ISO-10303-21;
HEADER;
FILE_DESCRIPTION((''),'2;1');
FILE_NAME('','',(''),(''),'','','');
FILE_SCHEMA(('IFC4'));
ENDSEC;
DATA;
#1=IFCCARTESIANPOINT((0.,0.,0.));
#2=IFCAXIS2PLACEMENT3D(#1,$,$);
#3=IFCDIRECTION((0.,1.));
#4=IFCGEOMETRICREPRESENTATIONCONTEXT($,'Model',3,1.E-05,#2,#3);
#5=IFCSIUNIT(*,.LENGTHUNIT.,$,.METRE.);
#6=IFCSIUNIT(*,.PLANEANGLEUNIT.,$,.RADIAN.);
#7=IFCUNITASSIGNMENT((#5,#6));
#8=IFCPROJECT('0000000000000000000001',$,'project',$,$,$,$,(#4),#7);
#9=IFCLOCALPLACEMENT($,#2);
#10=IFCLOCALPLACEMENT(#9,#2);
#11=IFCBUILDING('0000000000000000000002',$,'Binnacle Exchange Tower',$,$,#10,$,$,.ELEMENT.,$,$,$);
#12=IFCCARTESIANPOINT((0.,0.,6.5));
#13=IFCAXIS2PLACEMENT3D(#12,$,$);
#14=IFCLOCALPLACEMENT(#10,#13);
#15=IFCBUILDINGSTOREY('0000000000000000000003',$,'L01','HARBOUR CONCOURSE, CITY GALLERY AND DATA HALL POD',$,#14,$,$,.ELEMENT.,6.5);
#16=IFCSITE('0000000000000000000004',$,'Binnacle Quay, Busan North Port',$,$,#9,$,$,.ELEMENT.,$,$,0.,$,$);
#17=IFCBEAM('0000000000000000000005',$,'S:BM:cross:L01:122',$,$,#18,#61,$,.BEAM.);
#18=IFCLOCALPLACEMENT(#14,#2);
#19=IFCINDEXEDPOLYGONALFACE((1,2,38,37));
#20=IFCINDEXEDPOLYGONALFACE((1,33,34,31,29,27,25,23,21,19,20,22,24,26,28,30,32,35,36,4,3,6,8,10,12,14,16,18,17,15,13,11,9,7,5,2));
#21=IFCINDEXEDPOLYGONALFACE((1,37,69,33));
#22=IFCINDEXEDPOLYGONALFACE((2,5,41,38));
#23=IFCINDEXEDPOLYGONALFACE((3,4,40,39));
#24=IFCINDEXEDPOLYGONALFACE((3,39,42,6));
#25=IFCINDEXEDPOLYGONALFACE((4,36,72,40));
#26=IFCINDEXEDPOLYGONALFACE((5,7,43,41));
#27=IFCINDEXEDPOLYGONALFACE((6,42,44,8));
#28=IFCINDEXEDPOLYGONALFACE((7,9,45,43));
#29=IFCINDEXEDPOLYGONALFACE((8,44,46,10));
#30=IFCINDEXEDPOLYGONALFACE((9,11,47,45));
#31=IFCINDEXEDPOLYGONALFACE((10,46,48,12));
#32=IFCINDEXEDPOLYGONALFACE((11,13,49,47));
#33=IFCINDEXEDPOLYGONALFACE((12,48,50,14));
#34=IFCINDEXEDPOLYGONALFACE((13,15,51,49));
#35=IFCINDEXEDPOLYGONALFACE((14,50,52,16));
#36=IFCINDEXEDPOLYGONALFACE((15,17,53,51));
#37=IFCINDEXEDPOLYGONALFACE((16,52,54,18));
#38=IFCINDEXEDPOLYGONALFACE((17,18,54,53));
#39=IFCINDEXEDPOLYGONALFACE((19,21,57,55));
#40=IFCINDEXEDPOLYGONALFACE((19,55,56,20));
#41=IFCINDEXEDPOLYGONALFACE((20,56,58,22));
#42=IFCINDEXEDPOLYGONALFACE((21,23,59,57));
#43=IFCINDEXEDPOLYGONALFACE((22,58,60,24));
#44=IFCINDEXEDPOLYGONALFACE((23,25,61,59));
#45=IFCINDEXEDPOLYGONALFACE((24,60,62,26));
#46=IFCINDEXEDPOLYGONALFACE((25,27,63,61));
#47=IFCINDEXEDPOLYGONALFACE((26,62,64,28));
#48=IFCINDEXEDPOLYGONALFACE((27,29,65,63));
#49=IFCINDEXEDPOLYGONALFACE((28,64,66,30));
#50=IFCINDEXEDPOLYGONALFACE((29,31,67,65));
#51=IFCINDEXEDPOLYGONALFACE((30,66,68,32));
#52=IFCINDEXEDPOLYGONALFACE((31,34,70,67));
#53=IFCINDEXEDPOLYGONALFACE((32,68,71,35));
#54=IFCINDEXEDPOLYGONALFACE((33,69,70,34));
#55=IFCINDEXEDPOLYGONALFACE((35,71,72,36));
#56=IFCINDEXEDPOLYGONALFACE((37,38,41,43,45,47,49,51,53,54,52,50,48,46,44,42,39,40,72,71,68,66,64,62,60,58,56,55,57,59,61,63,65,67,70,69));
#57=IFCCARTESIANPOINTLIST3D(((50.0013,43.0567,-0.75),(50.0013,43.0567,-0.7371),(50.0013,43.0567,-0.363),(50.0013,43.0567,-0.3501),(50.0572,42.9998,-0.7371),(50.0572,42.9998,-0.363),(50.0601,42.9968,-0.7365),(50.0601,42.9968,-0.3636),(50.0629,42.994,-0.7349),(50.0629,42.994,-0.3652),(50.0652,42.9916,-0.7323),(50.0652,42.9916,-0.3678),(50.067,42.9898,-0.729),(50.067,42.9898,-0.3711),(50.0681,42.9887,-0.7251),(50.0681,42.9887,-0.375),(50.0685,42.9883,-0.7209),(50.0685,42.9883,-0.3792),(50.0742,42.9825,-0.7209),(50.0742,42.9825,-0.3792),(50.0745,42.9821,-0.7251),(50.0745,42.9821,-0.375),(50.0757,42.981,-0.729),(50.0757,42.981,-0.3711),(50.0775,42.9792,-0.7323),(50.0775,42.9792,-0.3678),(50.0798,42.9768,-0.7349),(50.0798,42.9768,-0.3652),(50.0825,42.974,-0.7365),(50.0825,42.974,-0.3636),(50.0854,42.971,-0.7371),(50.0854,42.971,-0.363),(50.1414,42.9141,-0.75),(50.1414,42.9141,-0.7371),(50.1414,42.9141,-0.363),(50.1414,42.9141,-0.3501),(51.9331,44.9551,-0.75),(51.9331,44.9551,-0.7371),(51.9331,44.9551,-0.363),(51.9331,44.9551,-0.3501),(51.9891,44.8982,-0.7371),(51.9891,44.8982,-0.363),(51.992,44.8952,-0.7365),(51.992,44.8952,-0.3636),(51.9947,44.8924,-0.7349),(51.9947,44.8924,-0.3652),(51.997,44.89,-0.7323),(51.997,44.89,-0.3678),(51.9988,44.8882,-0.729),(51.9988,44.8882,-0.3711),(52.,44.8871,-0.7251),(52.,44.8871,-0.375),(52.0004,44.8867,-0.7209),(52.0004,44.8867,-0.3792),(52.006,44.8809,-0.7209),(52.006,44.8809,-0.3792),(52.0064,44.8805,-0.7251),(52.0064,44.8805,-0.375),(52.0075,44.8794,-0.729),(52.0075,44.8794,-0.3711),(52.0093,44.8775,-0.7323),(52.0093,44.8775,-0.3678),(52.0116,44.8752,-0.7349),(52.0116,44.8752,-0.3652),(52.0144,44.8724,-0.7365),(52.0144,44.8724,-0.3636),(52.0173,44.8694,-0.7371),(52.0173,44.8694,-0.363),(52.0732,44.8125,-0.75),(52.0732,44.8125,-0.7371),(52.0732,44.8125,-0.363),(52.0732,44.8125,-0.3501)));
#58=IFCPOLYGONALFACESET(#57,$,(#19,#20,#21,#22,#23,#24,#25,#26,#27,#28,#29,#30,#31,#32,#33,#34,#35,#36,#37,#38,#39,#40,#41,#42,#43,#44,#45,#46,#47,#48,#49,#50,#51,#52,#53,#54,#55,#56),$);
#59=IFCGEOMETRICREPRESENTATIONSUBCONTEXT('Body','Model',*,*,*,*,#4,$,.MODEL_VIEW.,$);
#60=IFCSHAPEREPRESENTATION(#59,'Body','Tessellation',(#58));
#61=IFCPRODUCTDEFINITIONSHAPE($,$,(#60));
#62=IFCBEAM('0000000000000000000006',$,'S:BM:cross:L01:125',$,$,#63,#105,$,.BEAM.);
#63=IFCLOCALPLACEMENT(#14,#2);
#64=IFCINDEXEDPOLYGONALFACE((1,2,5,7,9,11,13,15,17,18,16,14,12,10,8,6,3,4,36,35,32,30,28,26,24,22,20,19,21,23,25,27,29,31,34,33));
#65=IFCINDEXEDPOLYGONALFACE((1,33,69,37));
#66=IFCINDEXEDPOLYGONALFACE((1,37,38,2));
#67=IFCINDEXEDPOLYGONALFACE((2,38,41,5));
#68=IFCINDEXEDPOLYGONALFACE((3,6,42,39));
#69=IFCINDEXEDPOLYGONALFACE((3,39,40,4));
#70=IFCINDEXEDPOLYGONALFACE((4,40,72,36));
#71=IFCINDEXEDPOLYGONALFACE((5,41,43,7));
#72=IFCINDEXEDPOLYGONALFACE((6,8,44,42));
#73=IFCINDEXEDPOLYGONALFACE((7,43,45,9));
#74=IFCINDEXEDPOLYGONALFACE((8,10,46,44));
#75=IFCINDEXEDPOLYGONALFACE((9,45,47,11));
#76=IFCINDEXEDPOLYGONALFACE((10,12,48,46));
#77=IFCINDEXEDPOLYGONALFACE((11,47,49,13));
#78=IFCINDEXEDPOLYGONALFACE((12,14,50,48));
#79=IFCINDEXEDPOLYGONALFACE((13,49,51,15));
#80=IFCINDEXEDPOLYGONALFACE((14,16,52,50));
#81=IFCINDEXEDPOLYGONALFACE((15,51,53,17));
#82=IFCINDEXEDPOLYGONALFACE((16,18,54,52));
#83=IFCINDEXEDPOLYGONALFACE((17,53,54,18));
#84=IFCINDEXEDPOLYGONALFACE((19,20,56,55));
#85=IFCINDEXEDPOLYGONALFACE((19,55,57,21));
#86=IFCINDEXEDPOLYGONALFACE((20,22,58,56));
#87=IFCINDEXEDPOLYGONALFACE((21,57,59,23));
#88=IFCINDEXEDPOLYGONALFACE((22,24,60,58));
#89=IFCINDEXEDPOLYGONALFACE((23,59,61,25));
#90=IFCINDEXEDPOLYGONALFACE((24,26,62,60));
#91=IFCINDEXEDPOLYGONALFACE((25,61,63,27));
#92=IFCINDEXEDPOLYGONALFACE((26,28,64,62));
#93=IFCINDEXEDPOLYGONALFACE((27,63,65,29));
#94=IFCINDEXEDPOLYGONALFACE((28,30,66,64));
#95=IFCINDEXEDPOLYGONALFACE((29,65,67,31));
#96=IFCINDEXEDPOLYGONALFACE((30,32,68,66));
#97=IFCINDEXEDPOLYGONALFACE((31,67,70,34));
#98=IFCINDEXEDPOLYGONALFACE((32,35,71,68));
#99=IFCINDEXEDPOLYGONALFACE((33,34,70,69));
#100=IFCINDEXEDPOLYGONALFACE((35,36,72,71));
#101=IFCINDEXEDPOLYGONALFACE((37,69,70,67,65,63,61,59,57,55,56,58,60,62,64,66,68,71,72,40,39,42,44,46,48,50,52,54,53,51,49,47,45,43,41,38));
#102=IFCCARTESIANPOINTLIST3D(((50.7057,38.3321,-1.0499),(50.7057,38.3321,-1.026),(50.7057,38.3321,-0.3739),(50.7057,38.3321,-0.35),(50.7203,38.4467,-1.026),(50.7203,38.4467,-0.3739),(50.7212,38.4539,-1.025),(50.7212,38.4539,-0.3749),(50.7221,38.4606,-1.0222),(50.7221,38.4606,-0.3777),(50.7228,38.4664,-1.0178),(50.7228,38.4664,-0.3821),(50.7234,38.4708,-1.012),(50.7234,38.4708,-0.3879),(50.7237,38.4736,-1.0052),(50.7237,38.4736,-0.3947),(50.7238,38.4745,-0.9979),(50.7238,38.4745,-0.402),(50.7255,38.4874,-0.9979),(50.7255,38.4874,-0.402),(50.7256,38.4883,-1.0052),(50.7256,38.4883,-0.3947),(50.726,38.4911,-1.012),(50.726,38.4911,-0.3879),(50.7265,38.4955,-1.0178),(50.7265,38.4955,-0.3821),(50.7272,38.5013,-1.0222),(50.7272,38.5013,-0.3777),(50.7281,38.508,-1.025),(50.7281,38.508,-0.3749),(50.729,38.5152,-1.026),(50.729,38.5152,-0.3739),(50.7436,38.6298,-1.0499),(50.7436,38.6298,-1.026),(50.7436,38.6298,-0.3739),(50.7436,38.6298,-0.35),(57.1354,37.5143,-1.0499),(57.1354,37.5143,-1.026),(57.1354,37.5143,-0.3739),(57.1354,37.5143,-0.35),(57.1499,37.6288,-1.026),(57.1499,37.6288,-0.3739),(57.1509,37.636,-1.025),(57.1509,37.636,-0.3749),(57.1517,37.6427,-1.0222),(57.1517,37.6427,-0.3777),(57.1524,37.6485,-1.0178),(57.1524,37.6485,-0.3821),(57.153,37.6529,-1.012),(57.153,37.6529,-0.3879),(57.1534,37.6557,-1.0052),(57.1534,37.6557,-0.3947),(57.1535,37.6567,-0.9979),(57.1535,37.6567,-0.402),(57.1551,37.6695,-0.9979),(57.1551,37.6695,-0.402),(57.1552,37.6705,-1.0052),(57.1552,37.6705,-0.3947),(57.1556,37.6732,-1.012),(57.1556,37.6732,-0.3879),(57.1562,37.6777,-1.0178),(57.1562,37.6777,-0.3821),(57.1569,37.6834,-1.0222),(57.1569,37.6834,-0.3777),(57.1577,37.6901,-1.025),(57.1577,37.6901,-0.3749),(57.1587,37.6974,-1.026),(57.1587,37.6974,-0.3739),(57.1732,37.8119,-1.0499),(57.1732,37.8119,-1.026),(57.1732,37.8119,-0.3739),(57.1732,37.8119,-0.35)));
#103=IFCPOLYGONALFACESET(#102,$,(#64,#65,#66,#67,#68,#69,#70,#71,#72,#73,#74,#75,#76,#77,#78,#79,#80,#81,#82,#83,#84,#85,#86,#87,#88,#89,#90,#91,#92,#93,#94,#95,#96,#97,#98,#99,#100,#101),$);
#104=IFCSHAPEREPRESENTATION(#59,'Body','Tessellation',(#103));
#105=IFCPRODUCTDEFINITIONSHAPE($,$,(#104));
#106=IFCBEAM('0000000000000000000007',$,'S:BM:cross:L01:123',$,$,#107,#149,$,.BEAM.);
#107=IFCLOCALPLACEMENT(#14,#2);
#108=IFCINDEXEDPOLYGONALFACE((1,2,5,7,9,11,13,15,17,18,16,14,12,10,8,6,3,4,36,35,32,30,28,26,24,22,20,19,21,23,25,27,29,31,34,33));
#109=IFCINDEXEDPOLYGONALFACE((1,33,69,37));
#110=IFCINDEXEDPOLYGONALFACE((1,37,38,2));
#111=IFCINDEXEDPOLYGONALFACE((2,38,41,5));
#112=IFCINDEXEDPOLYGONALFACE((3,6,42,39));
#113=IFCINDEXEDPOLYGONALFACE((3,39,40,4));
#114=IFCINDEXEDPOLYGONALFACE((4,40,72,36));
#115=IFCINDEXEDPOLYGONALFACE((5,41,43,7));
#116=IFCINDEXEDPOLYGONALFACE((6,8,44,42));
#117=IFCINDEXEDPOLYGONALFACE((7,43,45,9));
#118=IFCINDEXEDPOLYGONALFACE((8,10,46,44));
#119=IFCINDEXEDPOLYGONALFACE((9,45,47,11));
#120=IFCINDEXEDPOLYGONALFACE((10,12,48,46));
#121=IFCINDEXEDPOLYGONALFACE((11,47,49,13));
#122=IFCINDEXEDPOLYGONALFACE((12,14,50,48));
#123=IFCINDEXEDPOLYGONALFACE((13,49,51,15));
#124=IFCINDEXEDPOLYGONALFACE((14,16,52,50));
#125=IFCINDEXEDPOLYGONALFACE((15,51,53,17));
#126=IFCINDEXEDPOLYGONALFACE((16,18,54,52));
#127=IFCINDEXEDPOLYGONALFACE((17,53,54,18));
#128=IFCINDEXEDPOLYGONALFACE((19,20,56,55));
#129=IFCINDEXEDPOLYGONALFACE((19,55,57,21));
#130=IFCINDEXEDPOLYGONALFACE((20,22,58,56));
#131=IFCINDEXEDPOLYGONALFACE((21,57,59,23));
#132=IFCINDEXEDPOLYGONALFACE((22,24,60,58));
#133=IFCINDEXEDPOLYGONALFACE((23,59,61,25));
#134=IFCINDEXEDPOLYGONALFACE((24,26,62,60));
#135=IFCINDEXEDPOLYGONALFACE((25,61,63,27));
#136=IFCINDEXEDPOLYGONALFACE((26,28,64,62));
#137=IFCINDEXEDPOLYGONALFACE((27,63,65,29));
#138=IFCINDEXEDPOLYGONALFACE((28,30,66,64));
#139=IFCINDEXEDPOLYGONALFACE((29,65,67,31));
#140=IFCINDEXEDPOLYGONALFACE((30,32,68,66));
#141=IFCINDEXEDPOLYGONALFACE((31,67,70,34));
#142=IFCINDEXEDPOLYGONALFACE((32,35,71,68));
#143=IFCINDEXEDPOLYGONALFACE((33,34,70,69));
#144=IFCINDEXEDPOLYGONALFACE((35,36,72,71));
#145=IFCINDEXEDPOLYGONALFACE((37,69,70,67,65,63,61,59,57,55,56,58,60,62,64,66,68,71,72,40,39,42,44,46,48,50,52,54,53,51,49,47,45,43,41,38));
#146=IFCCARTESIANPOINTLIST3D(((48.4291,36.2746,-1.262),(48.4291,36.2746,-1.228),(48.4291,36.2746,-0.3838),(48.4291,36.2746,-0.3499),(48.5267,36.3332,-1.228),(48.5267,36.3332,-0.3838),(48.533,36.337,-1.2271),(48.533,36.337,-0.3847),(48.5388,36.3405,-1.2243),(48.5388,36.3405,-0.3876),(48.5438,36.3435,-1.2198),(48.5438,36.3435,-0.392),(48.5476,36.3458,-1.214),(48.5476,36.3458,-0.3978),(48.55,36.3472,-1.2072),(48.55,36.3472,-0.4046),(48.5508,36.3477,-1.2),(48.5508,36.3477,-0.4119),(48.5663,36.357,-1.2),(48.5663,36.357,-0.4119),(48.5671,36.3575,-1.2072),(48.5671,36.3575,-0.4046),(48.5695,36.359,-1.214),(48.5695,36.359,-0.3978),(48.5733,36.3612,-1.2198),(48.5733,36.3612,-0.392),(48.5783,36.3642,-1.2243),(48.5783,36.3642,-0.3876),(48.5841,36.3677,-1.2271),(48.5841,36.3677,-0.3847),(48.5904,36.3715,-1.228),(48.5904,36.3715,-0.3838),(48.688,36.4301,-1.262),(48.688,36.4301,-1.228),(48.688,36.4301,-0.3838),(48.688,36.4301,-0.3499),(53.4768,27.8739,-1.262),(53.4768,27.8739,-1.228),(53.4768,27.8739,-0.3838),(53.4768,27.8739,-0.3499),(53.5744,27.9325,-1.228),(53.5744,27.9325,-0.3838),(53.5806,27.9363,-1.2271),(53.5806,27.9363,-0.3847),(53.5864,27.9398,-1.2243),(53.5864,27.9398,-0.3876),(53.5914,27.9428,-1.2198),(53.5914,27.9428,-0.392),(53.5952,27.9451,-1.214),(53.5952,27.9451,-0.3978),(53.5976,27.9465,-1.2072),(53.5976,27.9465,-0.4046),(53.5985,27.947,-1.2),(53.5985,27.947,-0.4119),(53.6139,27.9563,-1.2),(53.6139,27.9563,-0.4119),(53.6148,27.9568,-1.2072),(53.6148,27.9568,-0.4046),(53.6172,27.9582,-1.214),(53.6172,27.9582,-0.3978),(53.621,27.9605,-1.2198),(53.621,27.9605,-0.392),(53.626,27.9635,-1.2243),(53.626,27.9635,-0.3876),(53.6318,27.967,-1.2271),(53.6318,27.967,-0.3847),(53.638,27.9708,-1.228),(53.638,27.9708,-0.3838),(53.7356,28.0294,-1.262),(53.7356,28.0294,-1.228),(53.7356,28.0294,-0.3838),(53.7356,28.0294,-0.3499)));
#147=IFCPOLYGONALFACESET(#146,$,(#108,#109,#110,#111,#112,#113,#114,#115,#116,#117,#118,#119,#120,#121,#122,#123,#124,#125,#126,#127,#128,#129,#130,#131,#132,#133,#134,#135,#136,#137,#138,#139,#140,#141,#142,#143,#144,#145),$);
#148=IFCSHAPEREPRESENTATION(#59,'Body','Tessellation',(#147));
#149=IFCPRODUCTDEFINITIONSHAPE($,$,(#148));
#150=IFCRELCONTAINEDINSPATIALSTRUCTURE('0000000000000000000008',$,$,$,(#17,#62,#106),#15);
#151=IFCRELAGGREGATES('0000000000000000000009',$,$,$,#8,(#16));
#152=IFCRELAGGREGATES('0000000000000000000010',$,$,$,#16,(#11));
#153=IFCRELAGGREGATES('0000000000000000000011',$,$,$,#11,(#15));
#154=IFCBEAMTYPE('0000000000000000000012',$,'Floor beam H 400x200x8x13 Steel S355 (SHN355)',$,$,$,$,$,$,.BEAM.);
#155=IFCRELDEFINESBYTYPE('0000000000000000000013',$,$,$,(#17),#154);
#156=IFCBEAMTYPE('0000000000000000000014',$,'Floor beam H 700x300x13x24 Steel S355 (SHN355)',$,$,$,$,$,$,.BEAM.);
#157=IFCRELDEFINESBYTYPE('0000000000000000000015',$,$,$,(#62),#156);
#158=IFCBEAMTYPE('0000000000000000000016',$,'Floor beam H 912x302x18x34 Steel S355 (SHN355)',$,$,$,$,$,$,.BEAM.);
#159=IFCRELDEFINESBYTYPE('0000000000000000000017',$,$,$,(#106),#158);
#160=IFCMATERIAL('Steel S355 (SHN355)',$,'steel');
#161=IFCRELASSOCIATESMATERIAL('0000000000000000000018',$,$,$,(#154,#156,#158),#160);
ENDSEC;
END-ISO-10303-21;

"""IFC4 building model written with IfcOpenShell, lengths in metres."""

from ifc_helpers import new_model, si_unit, direction, frame, origin, origin_2d, place, context, subcontext, project, spatial, i_section, extrude, material, material_profile, profile_set, type_object, element, save


model = new_model("IFC4")

# Units and contexts
model_context = context("Model", 3, precision=1e-05, world=origin(), true_north=direction((0.0, 1.0)))
body_context = subcontext(model_context, "Body", "Model", "MODEL_VIEW")
ifc_project = project(units=[si_unit("LENGTHUNIT", "METRE"), si_unit("PLANEANGLEUNIT", "RADIAN")], contexts=[model_context])

# Site, building, storey
site_placement = place(None, origin())
site = spatial("IfcSite", under=ifc_project, at=site_placement, Name="Binnacle Quay, Busan North Port", CompositionType="ELEMENT", RefElevation=0.0)
building_placement = place(site_placement, origin())
building = spatial("IfcBuilding", under=site, at=building_placement, Name="Binnacle Exchange Tower", CompositionType="ELEMENT")
storey_placement = place(building_placement, frame((0.0, 0.0, 6.5)))
storey = spatial("IfcBuildingStorey", under=building, at=storey_placement, Name="L01", Description="HARBOUR CONCOURSE, CITY GALLERY AND DATA HALL POD", CompositionType="ELEMENT", Elevation=6.5)

# Beams
ifc_material_1 = material(Name="Steel S355 (SHN355)", Category="steel")
ifc_material_profile_1 = material_profile(ifc_material_1, i_section(OverallWidth=0.2, OverallDepth=0.3999, WebThickness=0.0081, FlangeThickness=0.0129, FilletRadius=0.0161, at=origin_2d()), Name="H 400x200x8x13")
ifc_profile_set_1 = profile_set([ifc_material_profile_1], Name="Steel S355 (SHN355)")
beam_type_1 = type_object("IfcBeamType", Name="Floor beam H 400x200x8x13 Steel S355 (SHN355)", PredefinedType="BEAM", material=ifc_profile_set_1)
beam_1_placement = place(storey_placement, frame((52.0032, 44.8838, -0.55), z_axis=(-0.713254, -0.700905, 0.0), x_axis=(0.700905, -0.713254, 0.0)))
element("IfcBeam", 1, at=beam_1_placement, inside=storey, type_object=beam_type_1, Name="S:BM:cross:L01:122", PredefinedType="BEAM", context=body_context, shape_type="SweptSolid", body=[
    extrude(i_section(OverallWidth=0.2, OverallDepth=0.3999, WebThickness=0.0081, FlangeThickness=0.0129, FilletRadius=0.0161, at=origin_2d()), origin(), (0.0, 0.0, 1.0), 2.7085),
])
ifc_material_profile_2 = material_profile(ifc_material_1, i_section(OverallWidth=0.3, OverallDepth=0.7, WebThickness=0.0129, FlangeThickness=0.0239, FilletRadius=0.0281, at=origin_2d()), Name="H 700x300x13x24")
ifc_profile_set_2 = profile_set([ifc_material_profile_2], Name="Steel S355 (SHN355)")
beam_type_2 = type_object("IfcBeamType", Name="Floor beam H 700x300x13x24 Steel S355 (SHN355)", PredefinedType="BEAM", material=ifc_profile_set_2)
beam_2_placement = place(storey_placement, frame((57.1543, 37.6631, -0.7), z_axis=(-0.992007, 0.126186, 0.0), x_axis=(-0.126186, -0.992007, 0.0)))
element("IfcBeam", 2, at=beam_2_placement, inside=storey, type_object=beam_type_2, Name="S:BM:cross:L01:125", PredefinedType="BEAM", context=body_context, shape_type="SweptSolid", body=[
    extrude(i_section(OverallWidth=0.3, OverallDepth=0.7, WebThickness=0.0129, FlangeThickness=0.0239, FilletRadius=0.0281, at=origin_2d()), origin(), (0.0, 0.0, 1.0), 6.4814),
])
ifc_material_profile_3 = material_profile(ifc_material_1, i_section(OverallWidth=0.302, OverallDepth=0.9121, WebThickness=0.0181, FlangeThickness=0.0339, FilletRadius=0.0281, at=origin_2d()), Name="H 912x302x18x34")
ifc_profile_set_3 = profile_set([ifc_material_profile_3], Name="Steel S355 (SHN355)")
beam_type_3 = type_object("IfcBeamType", Name="Floor beam H 912x302x18x34 Steel S355 (SHN355)", PredefinedType="BEAM", material=ifc_profile_set_3)
beam_3_placement = place(storey_placement, frame((53.6062, 27.9517, -0.8059), z_axis=(-0.515038, 0.857167, 0.0), x_axis=(-0.857167, -0.515038, 0.0)))
element("IfcBeam", 3, at=beam_3_placement, inside=storey, type_object=beam_type_3, Name="S:BM:cross:L01:123", PredefinedType="BEAM", context=body_context, shape_type="SweptSolid", body=[
    extrude(i_section(OverallWidth=0.302, OverallDepth=0.9121, WebThickness=0.0181, FlangeThickness=0.0339, FilletRadius=0.0281, at=origin_2d()), origin(), (0.0, 0.0, 1.0), 9.8005),
])

save(model, "model.ifc")
